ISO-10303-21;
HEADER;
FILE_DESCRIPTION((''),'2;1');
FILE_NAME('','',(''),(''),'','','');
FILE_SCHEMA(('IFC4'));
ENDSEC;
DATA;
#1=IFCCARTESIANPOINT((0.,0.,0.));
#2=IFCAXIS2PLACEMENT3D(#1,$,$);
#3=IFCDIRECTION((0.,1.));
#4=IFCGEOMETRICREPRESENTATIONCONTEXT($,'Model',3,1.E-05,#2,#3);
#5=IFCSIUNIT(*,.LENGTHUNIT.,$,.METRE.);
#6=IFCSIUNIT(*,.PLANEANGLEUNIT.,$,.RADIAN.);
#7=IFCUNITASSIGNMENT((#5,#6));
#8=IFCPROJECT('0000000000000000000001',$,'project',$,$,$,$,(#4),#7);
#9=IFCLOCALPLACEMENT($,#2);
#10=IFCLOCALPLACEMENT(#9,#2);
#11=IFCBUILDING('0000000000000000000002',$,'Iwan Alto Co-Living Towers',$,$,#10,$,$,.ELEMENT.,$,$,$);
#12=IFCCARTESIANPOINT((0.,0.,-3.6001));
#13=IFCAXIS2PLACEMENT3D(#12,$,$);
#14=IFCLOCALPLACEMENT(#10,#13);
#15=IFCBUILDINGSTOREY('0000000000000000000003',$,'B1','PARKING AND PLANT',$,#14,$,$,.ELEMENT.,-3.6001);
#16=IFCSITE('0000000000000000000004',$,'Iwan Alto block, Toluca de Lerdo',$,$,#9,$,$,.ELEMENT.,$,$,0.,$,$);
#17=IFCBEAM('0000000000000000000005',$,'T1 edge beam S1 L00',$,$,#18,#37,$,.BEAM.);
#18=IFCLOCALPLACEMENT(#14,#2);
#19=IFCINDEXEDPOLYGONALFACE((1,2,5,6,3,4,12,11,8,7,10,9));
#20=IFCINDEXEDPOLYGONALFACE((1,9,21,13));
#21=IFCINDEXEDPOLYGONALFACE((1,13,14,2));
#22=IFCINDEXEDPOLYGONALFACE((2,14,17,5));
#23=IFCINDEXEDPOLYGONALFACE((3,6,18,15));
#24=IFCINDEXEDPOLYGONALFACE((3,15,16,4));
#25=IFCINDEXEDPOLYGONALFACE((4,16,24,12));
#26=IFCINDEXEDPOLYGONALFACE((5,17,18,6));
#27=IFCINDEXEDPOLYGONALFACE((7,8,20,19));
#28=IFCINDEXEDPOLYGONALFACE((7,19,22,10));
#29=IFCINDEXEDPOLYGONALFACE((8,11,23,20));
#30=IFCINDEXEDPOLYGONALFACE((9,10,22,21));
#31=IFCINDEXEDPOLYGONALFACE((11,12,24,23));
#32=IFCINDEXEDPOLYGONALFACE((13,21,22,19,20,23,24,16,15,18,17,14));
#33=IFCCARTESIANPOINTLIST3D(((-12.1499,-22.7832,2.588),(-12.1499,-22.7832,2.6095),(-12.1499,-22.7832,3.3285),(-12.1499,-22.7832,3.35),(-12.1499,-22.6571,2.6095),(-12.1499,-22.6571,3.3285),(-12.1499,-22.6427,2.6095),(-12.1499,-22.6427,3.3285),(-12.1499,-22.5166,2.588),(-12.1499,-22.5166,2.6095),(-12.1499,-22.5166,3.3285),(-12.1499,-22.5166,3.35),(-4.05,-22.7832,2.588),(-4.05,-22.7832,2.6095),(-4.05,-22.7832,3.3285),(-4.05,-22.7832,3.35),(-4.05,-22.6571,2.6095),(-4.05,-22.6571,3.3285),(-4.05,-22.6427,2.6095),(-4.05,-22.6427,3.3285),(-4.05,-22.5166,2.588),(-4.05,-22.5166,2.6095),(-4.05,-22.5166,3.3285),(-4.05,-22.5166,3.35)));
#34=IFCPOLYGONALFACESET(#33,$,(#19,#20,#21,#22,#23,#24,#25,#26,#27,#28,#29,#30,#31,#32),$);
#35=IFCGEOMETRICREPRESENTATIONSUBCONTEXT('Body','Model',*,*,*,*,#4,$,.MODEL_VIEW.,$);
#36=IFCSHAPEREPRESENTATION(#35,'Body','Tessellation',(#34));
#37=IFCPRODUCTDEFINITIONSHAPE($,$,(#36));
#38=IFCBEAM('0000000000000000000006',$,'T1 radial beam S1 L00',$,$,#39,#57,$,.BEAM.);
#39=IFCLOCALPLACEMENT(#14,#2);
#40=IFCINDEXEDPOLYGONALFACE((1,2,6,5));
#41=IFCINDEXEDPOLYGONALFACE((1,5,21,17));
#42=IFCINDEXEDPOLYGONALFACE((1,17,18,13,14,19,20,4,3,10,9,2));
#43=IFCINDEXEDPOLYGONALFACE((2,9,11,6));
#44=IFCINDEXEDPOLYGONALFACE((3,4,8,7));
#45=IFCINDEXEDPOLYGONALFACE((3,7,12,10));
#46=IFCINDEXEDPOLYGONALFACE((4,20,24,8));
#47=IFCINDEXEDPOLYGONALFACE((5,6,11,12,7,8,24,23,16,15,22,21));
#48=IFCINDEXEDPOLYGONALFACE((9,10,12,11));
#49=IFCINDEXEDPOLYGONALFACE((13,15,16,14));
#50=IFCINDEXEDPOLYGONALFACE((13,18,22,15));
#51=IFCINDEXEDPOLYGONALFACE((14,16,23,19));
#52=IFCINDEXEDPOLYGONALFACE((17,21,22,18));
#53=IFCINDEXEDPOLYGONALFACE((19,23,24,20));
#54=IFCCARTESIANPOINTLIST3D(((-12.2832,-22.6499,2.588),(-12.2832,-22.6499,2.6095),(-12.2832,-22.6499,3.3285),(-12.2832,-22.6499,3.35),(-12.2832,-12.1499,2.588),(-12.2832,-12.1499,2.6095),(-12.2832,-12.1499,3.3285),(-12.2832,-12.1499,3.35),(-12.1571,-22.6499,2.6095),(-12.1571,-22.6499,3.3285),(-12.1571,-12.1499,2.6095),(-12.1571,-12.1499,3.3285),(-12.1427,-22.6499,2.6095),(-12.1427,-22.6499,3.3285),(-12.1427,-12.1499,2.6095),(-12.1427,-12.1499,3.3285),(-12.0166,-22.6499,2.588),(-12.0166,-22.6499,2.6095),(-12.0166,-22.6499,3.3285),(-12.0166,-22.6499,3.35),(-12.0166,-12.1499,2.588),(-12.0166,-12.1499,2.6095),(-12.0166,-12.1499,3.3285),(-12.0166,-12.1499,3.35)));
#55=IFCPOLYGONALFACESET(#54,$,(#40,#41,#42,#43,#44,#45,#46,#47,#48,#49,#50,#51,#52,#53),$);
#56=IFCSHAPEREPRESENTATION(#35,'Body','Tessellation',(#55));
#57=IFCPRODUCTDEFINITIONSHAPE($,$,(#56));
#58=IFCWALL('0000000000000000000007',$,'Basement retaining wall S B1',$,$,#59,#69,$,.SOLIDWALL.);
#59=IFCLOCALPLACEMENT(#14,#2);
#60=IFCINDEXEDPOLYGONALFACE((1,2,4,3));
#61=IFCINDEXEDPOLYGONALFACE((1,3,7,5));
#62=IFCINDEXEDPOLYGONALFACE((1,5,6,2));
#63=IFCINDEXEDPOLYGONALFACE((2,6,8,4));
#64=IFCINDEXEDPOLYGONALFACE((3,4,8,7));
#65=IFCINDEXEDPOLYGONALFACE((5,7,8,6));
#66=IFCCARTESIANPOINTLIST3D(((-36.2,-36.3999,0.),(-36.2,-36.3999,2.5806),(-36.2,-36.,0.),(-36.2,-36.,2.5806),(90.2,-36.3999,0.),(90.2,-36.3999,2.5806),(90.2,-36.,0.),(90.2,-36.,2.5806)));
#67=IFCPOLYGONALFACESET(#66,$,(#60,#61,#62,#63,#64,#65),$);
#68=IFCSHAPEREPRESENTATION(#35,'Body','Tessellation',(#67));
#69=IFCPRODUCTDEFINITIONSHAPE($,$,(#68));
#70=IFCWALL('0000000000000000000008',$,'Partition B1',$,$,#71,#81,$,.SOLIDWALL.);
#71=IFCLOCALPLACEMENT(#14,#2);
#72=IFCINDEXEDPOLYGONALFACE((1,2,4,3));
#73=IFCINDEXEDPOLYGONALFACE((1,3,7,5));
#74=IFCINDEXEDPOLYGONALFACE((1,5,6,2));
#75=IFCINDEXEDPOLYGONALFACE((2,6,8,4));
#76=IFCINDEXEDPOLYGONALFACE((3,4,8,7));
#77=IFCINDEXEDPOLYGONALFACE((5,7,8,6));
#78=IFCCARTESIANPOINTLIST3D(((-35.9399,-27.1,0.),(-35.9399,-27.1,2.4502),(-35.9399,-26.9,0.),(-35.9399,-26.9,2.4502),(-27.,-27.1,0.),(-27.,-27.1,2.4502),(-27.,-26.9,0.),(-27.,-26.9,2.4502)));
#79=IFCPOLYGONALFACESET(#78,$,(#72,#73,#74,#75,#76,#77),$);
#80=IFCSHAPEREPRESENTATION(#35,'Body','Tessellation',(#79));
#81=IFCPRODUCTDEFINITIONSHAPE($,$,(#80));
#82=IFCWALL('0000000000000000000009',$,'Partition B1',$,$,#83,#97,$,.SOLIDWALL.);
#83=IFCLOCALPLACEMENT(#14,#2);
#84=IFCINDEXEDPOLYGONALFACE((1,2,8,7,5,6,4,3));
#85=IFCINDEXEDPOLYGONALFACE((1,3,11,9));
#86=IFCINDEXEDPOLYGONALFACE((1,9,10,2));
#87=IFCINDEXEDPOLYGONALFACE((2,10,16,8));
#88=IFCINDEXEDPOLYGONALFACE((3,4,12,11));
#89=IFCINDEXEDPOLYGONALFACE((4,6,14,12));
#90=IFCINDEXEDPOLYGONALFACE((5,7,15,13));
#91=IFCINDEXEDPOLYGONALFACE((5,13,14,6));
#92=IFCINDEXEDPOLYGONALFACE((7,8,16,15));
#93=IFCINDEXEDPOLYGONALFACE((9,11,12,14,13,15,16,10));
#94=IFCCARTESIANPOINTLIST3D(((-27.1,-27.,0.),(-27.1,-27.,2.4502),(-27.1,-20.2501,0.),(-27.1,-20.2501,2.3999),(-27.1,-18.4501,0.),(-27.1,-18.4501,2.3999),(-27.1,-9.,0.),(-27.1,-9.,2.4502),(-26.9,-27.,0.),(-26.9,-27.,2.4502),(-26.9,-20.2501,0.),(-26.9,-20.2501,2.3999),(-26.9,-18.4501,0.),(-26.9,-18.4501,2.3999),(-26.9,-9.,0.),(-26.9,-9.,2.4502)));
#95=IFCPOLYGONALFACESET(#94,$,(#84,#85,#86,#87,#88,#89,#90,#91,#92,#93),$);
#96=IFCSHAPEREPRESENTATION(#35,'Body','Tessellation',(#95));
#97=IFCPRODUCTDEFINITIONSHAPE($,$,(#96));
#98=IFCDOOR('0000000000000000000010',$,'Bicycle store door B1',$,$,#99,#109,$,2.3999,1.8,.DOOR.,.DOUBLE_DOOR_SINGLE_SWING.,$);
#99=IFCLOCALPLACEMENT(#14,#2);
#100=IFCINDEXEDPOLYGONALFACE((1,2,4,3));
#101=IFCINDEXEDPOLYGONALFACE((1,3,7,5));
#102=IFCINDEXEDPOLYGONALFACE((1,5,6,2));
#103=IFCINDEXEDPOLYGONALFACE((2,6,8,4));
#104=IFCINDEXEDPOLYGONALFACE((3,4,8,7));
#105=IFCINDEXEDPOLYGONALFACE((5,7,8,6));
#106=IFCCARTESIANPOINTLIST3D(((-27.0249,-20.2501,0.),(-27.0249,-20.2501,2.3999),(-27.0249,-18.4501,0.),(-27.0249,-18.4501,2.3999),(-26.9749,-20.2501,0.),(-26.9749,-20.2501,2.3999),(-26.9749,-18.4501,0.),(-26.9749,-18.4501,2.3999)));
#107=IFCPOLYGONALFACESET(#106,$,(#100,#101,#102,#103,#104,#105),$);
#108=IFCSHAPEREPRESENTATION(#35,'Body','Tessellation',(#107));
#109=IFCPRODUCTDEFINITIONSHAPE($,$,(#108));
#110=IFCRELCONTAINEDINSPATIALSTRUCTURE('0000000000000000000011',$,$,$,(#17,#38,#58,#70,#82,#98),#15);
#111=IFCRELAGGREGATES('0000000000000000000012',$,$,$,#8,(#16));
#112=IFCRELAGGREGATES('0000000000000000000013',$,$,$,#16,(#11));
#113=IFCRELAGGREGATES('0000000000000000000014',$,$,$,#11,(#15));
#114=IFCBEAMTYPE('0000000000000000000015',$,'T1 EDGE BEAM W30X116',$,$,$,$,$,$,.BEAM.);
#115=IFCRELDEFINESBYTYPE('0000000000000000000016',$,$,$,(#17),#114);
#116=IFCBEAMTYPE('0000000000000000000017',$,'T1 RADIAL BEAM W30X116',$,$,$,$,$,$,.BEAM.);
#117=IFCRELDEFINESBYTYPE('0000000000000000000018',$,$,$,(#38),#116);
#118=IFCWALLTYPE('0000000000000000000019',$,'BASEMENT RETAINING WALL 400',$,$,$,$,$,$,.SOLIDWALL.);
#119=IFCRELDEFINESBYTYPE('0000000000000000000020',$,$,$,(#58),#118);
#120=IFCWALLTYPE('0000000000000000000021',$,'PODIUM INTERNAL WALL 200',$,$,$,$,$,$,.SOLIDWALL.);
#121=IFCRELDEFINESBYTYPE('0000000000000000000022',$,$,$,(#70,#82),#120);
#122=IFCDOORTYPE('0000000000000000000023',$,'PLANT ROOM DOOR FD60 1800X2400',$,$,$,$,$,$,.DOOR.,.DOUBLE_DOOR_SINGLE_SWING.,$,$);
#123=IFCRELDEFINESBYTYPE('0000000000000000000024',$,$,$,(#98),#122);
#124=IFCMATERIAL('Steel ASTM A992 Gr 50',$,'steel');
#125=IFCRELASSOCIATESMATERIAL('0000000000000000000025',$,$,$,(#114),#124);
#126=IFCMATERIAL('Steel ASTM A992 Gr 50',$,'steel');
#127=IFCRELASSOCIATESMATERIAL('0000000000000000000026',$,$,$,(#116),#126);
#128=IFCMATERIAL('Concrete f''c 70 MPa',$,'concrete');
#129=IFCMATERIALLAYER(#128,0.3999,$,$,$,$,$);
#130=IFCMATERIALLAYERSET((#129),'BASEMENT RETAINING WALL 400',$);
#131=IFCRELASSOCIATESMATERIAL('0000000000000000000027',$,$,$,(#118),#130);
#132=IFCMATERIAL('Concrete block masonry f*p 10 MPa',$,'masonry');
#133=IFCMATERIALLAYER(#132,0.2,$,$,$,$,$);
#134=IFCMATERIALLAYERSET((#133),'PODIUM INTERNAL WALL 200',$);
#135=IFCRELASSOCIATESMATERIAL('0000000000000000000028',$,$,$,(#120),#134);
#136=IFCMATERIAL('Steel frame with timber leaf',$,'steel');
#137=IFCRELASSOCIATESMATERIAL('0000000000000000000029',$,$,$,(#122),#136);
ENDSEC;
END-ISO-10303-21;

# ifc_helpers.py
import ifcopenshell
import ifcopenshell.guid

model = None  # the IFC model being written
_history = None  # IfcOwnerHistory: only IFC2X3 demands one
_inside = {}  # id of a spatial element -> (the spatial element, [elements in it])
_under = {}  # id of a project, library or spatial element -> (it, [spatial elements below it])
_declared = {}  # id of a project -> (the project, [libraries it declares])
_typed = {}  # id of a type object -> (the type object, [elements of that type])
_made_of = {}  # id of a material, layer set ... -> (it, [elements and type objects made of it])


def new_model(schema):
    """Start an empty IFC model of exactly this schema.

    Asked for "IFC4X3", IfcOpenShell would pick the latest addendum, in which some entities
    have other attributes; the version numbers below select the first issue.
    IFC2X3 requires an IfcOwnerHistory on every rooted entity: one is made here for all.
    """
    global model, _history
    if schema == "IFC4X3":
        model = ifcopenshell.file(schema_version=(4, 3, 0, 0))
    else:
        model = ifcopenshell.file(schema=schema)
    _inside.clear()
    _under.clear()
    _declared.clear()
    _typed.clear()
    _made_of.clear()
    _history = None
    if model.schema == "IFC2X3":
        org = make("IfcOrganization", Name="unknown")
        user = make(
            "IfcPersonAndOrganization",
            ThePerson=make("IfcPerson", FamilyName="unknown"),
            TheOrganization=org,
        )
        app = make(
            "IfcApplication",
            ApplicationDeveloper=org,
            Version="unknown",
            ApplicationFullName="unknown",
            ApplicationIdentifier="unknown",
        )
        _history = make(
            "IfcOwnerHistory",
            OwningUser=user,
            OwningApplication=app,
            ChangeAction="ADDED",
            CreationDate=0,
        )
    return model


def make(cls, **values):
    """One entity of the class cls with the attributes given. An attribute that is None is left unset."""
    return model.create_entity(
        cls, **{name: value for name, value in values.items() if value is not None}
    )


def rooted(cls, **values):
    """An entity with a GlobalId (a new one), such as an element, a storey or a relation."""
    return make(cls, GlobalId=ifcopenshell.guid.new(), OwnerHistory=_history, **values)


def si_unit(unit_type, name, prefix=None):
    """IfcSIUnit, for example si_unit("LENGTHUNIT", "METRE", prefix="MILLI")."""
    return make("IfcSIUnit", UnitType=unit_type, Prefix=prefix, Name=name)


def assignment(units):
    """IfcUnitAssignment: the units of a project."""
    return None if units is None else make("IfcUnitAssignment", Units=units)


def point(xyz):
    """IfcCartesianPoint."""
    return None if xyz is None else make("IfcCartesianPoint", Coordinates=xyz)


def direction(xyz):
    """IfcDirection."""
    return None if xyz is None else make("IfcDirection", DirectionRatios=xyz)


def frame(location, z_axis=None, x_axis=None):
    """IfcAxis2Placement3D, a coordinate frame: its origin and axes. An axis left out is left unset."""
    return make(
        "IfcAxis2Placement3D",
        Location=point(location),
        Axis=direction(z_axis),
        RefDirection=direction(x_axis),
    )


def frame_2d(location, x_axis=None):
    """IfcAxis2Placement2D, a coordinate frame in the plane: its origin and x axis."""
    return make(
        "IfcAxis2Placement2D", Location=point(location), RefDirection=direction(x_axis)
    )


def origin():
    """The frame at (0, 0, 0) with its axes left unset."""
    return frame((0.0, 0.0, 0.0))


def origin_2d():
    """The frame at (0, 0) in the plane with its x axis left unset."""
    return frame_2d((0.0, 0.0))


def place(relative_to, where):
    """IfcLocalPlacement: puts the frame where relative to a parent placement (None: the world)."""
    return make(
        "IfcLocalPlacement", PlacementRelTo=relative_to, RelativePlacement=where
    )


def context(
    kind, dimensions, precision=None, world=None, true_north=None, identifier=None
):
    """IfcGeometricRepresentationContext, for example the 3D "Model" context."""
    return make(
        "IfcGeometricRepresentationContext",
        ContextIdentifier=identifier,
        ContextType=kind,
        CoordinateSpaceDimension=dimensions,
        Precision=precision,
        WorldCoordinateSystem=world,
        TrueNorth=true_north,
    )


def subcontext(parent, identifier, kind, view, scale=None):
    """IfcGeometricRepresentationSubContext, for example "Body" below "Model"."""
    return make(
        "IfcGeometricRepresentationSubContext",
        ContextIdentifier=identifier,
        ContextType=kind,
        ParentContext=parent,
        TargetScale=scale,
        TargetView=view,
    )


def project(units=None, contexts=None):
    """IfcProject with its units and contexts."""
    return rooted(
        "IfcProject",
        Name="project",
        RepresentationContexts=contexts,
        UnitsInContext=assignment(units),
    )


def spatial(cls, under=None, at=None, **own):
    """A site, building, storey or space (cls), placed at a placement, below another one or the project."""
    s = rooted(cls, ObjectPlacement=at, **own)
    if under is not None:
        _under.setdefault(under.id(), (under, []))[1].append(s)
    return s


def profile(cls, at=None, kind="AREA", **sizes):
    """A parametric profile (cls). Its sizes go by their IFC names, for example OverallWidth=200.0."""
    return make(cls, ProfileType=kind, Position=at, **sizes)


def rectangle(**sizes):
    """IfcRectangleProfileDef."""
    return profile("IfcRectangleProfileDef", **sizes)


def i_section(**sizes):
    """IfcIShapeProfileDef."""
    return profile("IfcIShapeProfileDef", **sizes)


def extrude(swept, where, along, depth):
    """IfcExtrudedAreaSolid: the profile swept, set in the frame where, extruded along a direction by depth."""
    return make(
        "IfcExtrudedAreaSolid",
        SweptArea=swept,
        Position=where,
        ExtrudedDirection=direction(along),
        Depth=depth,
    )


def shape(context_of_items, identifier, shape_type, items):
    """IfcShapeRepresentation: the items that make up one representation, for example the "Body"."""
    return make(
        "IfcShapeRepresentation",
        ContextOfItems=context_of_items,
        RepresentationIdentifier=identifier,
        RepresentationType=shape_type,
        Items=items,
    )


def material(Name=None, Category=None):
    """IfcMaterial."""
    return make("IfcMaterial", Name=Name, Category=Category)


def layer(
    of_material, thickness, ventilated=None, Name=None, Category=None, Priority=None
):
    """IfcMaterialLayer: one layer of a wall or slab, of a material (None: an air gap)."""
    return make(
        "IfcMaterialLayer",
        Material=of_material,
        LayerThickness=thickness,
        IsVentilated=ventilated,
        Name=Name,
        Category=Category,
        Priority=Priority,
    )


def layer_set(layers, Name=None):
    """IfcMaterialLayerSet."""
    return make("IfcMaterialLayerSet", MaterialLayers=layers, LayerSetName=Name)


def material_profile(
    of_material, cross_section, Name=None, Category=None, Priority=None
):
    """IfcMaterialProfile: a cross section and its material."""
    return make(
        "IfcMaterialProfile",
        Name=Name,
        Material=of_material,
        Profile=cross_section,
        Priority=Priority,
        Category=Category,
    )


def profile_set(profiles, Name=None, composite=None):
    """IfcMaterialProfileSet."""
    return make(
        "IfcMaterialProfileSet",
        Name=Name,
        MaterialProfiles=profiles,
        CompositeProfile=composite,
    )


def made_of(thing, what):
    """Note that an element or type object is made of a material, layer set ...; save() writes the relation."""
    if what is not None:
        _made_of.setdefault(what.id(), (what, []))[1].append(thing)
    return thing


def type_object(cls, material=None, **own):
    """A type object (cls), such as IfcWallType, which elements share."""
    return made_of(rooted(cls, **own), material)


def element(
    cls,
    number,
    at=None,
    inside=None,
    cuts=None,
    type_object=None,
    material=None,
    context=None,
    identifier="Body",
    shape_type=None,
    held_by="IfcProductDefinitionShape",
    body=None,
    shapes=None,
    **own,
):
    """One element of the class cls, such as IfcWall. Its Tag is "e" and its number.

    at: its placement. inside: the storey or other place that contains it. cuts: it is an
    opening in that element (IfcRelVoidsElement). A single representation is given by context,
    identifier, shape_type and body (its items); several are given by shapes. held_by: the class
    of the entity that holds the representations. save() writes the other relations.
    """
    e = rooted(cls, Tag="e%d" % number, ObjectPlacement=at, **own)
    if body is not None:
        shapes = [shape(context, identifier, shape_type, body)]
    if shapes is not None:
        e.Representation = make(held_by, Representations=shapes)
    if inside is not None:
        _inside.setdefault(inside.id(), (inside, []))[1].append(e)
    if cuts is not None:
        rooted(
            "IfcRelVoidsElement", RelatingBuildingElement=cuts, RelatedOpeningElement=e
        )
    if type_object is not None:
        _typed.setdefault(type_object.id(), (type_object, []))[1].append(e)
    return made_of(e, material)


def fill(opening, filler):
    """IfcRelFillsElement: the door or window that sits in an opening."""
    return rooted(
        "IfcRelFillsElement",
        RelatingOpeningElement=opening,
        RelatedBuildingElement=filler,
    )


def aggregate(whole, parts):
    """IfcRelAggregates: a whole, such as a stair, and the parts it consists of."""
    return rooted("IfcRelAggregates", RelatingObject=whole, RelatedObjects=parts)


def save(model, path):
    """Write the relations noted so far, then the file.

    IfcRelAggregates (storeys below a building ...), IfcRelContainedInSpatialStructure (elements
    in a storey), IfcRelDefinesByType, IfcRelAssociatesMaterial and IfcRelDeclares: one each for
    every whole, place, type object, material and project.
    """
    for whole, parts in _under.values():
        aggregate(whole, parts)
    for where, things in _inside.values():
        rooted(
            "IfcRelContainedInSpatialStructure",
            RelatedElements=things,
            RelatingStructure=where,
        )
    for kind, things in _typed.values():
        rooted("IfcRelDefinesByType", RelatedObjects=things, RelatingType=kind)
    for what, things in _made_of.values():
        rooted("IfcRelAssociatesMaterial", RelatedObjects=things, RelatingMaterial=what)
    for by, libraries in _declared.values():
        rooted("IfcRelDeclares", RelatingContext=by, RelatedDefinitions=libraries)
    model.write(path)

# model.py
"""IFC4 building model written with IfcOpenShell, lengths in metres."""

from ifc_helpers import new_model, si_unit, direction, frame, frame_2d, origin, origin_2d, place, context, subcontext, project, spatial, rectangle, i_section, extrude, material, layer, layer_set, material_profile, profile_set, type_object, element, fill, save


model = new_model("IFC4")

# Units and contexts
model_context = context("Model", 3, precision=1e-05, world=origin(), true_north=direction((0.0, 1.0)))
body_context = subcontext(model_context, "Body", "Model", "MODEL_VIEW")
ifc_project = project(units=[si_unit("LENGTHUNIT", "METRE"), si_unit("PLANEANGLEUNIT", "RADIAN")], contexts=[model_context])

# Site, building, storey
site_placement = place(None, origin())
site = spatial("IfcSite", under=ifc_project, at=site_placement, Name="Iwan Alto block, Toluca de Lerdo", CompositionType="ELEMENT", RefElevation=0.0)
building_placement = place(site_placement, origin())
building = spatial("IfcBuilding", under=site, at=building_placement, Name="Iwan Alto Co-Living Towers", CompositionType="ELEMENT")
storey_placement = place(building_placement, frame((0.0, 0.0, -3.6001)))
storey = spatial("IfcBuildingStorey", under=building, at=storey_placement, Name="B1", Description="PARKING AND PLANT", CompositionType="ELEMENT", Elevation=-3.6001)

# Beams
ifc_material_1 = material(Name="Steel ASTM A992 Gr 50", Category="steel")
ifc_material_profile_1 = material_profile(ifc_material_1, i_section(OverallWidth=0.2666, OverallDepth=0.762, WebThickness=0.0144, FlangeThickness=0.0215, at=origin_2d()), Name="W30X116")
ifc_profile_set_1 = profile_set([ifc_material_profile_1], Name="Steel ASTM A992 Gr 50")
beam_type_1 = type_object("IfcBeamType", Name="T1 EDGE BEAM W30X116", PredefinedType="BEAM", material=ifc_profile_set_1)
beam_1_placement = place(storey_placement, frame((-12.1499, -22.6499, 2.969), z_axis=(1.0, 0.0, 0.0), x_axis=(0.0, 1.0, 0.0)))
element("IfcBeam", 1, at=beam_1_placement, inside=storey, type_object=beam_type_1, Name="T1 edge beam S1 L00", PredefinedType="BEAM", context=body_context, shape_type="SweptSolid", body=[
    extrude(i_section(OverallWidth=0.2666, OverallDepth=0.762, WebThickness=0.0144, FlangeThickness=0.0215, at=origin_2d()), origin(), (0.0, 0.0, 1.0), 8.0999),
])
ifc_material_2 = material(Name="Steel ASTM A992 Gr 50", Category="steel")
ifc_material_profile_2 = material_profile(ifc_material_2, i_section(OverallWidth=0.2666, OverallDepth=0.762, WebThickness=0.0144, FlangeThickness=0.0215, at=origin_2d()), Name="W30X116")
ifc_profile_set_2 = profile_set([ifc_material_profile_2], Name="Steel ASTM A992 Gr 50")
beam_type_2 = type_object("IfcBeamType", Name="T1 RADIAL BEAM W30X116", PredefinedType="BEAM", material=ifc_profile_set_2)
beam_2_placement = place(storey_placement, frame((-12.1499, -22.6499, 2.969), z_axis=(0.0, 1.0, 0.0), x_axis=(-1.0, 0.0, 0.0)))
element("IfcBeam", 2, at=beam_2_placement, inside=storey, type_object=beam_type_2, Name="T1 radial beam S1 L00", PredefinedType="BEAM", context=body_context, shape_type="SweptSolid", body=[
    extrude(i_section(OverallWidth=0.2666, OverallDepth=0.762, WebThickness=0.0144, FlangeThickness=0.0215, at=origin_2d()), origin(), (0.0, 0.0, 1.0), 10.5),
])

# Walls
ifc_material_3 = material(Name="Concrete f'c 70 MPa", Category="concrete")
ifc_layer_1 = layer(ifc_material_3, 0.3999)
ifc_layer_set_1 = layer_set([ifc_layer_1], Name="BASEMENT RETAINING WALL 400")
wall_type_1 = type_object("IfcWallType", Name="BASEMENT RETAINING WALL 400", PredefinedType="SOLIDWALL", material=ifc_layer_set_1)
wall_1_placement = place(storey_placement, frame((-36.2, -36.2, 0.0), z_axis=(0.0, 0.0, 1.0), x_axis=(1.0, 0.0, 0.0)))
element("IfcWall", 3, at=wall_1_placement, inside=storey, type_object=wall_type_1, Name="Basement retaining wall S B1", PredefinedType="SOLIDWALL", context=body_context, shape_type="SweptSolid", body=[
    extrude(rectangle(XDim=126.3999, YDim=0.3999, at=frame_2d((63.2, 0.0))), origin(), (0.0, 0.0, 1.0), 2.5806),
])
ifc_material_4 = material(Name="Concrete block masonry f*p 10 MPa", Category="masonry")
ifc_layer_2 = layer(ifc_material_4, 0.2)
ifc_layer_set_2 = layer_set([ifc_layer_2], Name="PODIUM INTERNAL WALL 200")
wall_type_2 = type_object("IfcWallType", Name="PODIUM INTERNAL WALL 200", PredefinedType="SOLIDWALL", material=ifc_layer_set_2)
wall_2_placement = place(storey_placement, frame((-35.9399, -27.0, 0.0), z_axis=(0.0, 0.0, 1.0), x_axis=(1.0, 0.0, 0.0)))
element("IfcWall", 4, at=wall_2_placement, inside=storey, type_object=wall_type_2, Name="Partition B1", PredefinedType="SOLIDWALL", context=body_context, shape_type="SweptSolid", body=[
    extrude(rectangle(XDim=8.9399, YDim=0.2, at=frame_2d((4.47, 0.0))), origin(), (0.0, 0.0, 1.0), 2.4502),
])

# Wall, opening, door
wall_3_placement = place(storey_placement, frame((-27.0, -27.0, 0.0), z_axis=(0.0, 0.0, 1.0), x_axis=(0.0, 1.0, 0.0)))
wall_3 = element("IfcWall", 5, at=wall_3_placement, inside=storey, type_object=wall_type_2, Name="Partition B1", PredefinedType="SOLIDWALL", context=body_context, shape_type="SweptSolid", body=[
    extrude(rectangle(XDim=18.0, YDim=0.2, at=frame_2d((9.0, 0.0))), origin(), (0.0, 0.0, 1.0), 2.4502),
])
opening_placement = place(wall_3_placement, frame((6.75, 0.0, 0.0)))
opening = element("IfcOpeningElement", 6, at=opening_placement, cuts=wall_3, PredefinedType="OPENING", context=body_context, shape_type="SweptSolid", body=[
    extrude(rectangle(XDim=1.8, YDim=2.3999, at=frame_2d((0.8999, 1.2))), frame((0.0, 0.1099, 0.0), z_axis=(0.0, -1.0, 0.0), x_axis=(1.0, 0.0, 0.0)), (0.0, 0.0, 1.0), 0.22),
])
ifc_material_5 = material(Name="Steel frame with timber leaf", Category="steel")
door_type = type_object("IfcDoorType", Name="PLANT ROOM DOOR FD60 1800X2400", OperationType="DOUBLE_DOOR_SINGLE_SWING", PredefinedType="DOOR", material=ifc_material_5)
door_placement = place(opening_placement, origin())
door = element("IfcDoor", 7, at=door_placement, inside=storey, type_object=door_type, Name="Bicycle store door B1", OperationType="DOUBLE_DOOR_SINGLE_SWING", OverallHeight=2.3999, OverallWidth=1.8, PredefinedType="DOOR", context=body_context, shape_type="SweptSolid", body=[
    extrude(rectangle(XDim=1.8, YDim=2.3999, at=frame_2d((0.8999, 1.2))), frame((0.0, 0.0249, 0.0), z_axis=(0.0, -1.0, 0.0), x_axis=(1.0, 0.0, 0.0)), (0.0, 0.0, 1.0), 0.05),
])
fill(opening, door)

save(model, "model.ifc")
